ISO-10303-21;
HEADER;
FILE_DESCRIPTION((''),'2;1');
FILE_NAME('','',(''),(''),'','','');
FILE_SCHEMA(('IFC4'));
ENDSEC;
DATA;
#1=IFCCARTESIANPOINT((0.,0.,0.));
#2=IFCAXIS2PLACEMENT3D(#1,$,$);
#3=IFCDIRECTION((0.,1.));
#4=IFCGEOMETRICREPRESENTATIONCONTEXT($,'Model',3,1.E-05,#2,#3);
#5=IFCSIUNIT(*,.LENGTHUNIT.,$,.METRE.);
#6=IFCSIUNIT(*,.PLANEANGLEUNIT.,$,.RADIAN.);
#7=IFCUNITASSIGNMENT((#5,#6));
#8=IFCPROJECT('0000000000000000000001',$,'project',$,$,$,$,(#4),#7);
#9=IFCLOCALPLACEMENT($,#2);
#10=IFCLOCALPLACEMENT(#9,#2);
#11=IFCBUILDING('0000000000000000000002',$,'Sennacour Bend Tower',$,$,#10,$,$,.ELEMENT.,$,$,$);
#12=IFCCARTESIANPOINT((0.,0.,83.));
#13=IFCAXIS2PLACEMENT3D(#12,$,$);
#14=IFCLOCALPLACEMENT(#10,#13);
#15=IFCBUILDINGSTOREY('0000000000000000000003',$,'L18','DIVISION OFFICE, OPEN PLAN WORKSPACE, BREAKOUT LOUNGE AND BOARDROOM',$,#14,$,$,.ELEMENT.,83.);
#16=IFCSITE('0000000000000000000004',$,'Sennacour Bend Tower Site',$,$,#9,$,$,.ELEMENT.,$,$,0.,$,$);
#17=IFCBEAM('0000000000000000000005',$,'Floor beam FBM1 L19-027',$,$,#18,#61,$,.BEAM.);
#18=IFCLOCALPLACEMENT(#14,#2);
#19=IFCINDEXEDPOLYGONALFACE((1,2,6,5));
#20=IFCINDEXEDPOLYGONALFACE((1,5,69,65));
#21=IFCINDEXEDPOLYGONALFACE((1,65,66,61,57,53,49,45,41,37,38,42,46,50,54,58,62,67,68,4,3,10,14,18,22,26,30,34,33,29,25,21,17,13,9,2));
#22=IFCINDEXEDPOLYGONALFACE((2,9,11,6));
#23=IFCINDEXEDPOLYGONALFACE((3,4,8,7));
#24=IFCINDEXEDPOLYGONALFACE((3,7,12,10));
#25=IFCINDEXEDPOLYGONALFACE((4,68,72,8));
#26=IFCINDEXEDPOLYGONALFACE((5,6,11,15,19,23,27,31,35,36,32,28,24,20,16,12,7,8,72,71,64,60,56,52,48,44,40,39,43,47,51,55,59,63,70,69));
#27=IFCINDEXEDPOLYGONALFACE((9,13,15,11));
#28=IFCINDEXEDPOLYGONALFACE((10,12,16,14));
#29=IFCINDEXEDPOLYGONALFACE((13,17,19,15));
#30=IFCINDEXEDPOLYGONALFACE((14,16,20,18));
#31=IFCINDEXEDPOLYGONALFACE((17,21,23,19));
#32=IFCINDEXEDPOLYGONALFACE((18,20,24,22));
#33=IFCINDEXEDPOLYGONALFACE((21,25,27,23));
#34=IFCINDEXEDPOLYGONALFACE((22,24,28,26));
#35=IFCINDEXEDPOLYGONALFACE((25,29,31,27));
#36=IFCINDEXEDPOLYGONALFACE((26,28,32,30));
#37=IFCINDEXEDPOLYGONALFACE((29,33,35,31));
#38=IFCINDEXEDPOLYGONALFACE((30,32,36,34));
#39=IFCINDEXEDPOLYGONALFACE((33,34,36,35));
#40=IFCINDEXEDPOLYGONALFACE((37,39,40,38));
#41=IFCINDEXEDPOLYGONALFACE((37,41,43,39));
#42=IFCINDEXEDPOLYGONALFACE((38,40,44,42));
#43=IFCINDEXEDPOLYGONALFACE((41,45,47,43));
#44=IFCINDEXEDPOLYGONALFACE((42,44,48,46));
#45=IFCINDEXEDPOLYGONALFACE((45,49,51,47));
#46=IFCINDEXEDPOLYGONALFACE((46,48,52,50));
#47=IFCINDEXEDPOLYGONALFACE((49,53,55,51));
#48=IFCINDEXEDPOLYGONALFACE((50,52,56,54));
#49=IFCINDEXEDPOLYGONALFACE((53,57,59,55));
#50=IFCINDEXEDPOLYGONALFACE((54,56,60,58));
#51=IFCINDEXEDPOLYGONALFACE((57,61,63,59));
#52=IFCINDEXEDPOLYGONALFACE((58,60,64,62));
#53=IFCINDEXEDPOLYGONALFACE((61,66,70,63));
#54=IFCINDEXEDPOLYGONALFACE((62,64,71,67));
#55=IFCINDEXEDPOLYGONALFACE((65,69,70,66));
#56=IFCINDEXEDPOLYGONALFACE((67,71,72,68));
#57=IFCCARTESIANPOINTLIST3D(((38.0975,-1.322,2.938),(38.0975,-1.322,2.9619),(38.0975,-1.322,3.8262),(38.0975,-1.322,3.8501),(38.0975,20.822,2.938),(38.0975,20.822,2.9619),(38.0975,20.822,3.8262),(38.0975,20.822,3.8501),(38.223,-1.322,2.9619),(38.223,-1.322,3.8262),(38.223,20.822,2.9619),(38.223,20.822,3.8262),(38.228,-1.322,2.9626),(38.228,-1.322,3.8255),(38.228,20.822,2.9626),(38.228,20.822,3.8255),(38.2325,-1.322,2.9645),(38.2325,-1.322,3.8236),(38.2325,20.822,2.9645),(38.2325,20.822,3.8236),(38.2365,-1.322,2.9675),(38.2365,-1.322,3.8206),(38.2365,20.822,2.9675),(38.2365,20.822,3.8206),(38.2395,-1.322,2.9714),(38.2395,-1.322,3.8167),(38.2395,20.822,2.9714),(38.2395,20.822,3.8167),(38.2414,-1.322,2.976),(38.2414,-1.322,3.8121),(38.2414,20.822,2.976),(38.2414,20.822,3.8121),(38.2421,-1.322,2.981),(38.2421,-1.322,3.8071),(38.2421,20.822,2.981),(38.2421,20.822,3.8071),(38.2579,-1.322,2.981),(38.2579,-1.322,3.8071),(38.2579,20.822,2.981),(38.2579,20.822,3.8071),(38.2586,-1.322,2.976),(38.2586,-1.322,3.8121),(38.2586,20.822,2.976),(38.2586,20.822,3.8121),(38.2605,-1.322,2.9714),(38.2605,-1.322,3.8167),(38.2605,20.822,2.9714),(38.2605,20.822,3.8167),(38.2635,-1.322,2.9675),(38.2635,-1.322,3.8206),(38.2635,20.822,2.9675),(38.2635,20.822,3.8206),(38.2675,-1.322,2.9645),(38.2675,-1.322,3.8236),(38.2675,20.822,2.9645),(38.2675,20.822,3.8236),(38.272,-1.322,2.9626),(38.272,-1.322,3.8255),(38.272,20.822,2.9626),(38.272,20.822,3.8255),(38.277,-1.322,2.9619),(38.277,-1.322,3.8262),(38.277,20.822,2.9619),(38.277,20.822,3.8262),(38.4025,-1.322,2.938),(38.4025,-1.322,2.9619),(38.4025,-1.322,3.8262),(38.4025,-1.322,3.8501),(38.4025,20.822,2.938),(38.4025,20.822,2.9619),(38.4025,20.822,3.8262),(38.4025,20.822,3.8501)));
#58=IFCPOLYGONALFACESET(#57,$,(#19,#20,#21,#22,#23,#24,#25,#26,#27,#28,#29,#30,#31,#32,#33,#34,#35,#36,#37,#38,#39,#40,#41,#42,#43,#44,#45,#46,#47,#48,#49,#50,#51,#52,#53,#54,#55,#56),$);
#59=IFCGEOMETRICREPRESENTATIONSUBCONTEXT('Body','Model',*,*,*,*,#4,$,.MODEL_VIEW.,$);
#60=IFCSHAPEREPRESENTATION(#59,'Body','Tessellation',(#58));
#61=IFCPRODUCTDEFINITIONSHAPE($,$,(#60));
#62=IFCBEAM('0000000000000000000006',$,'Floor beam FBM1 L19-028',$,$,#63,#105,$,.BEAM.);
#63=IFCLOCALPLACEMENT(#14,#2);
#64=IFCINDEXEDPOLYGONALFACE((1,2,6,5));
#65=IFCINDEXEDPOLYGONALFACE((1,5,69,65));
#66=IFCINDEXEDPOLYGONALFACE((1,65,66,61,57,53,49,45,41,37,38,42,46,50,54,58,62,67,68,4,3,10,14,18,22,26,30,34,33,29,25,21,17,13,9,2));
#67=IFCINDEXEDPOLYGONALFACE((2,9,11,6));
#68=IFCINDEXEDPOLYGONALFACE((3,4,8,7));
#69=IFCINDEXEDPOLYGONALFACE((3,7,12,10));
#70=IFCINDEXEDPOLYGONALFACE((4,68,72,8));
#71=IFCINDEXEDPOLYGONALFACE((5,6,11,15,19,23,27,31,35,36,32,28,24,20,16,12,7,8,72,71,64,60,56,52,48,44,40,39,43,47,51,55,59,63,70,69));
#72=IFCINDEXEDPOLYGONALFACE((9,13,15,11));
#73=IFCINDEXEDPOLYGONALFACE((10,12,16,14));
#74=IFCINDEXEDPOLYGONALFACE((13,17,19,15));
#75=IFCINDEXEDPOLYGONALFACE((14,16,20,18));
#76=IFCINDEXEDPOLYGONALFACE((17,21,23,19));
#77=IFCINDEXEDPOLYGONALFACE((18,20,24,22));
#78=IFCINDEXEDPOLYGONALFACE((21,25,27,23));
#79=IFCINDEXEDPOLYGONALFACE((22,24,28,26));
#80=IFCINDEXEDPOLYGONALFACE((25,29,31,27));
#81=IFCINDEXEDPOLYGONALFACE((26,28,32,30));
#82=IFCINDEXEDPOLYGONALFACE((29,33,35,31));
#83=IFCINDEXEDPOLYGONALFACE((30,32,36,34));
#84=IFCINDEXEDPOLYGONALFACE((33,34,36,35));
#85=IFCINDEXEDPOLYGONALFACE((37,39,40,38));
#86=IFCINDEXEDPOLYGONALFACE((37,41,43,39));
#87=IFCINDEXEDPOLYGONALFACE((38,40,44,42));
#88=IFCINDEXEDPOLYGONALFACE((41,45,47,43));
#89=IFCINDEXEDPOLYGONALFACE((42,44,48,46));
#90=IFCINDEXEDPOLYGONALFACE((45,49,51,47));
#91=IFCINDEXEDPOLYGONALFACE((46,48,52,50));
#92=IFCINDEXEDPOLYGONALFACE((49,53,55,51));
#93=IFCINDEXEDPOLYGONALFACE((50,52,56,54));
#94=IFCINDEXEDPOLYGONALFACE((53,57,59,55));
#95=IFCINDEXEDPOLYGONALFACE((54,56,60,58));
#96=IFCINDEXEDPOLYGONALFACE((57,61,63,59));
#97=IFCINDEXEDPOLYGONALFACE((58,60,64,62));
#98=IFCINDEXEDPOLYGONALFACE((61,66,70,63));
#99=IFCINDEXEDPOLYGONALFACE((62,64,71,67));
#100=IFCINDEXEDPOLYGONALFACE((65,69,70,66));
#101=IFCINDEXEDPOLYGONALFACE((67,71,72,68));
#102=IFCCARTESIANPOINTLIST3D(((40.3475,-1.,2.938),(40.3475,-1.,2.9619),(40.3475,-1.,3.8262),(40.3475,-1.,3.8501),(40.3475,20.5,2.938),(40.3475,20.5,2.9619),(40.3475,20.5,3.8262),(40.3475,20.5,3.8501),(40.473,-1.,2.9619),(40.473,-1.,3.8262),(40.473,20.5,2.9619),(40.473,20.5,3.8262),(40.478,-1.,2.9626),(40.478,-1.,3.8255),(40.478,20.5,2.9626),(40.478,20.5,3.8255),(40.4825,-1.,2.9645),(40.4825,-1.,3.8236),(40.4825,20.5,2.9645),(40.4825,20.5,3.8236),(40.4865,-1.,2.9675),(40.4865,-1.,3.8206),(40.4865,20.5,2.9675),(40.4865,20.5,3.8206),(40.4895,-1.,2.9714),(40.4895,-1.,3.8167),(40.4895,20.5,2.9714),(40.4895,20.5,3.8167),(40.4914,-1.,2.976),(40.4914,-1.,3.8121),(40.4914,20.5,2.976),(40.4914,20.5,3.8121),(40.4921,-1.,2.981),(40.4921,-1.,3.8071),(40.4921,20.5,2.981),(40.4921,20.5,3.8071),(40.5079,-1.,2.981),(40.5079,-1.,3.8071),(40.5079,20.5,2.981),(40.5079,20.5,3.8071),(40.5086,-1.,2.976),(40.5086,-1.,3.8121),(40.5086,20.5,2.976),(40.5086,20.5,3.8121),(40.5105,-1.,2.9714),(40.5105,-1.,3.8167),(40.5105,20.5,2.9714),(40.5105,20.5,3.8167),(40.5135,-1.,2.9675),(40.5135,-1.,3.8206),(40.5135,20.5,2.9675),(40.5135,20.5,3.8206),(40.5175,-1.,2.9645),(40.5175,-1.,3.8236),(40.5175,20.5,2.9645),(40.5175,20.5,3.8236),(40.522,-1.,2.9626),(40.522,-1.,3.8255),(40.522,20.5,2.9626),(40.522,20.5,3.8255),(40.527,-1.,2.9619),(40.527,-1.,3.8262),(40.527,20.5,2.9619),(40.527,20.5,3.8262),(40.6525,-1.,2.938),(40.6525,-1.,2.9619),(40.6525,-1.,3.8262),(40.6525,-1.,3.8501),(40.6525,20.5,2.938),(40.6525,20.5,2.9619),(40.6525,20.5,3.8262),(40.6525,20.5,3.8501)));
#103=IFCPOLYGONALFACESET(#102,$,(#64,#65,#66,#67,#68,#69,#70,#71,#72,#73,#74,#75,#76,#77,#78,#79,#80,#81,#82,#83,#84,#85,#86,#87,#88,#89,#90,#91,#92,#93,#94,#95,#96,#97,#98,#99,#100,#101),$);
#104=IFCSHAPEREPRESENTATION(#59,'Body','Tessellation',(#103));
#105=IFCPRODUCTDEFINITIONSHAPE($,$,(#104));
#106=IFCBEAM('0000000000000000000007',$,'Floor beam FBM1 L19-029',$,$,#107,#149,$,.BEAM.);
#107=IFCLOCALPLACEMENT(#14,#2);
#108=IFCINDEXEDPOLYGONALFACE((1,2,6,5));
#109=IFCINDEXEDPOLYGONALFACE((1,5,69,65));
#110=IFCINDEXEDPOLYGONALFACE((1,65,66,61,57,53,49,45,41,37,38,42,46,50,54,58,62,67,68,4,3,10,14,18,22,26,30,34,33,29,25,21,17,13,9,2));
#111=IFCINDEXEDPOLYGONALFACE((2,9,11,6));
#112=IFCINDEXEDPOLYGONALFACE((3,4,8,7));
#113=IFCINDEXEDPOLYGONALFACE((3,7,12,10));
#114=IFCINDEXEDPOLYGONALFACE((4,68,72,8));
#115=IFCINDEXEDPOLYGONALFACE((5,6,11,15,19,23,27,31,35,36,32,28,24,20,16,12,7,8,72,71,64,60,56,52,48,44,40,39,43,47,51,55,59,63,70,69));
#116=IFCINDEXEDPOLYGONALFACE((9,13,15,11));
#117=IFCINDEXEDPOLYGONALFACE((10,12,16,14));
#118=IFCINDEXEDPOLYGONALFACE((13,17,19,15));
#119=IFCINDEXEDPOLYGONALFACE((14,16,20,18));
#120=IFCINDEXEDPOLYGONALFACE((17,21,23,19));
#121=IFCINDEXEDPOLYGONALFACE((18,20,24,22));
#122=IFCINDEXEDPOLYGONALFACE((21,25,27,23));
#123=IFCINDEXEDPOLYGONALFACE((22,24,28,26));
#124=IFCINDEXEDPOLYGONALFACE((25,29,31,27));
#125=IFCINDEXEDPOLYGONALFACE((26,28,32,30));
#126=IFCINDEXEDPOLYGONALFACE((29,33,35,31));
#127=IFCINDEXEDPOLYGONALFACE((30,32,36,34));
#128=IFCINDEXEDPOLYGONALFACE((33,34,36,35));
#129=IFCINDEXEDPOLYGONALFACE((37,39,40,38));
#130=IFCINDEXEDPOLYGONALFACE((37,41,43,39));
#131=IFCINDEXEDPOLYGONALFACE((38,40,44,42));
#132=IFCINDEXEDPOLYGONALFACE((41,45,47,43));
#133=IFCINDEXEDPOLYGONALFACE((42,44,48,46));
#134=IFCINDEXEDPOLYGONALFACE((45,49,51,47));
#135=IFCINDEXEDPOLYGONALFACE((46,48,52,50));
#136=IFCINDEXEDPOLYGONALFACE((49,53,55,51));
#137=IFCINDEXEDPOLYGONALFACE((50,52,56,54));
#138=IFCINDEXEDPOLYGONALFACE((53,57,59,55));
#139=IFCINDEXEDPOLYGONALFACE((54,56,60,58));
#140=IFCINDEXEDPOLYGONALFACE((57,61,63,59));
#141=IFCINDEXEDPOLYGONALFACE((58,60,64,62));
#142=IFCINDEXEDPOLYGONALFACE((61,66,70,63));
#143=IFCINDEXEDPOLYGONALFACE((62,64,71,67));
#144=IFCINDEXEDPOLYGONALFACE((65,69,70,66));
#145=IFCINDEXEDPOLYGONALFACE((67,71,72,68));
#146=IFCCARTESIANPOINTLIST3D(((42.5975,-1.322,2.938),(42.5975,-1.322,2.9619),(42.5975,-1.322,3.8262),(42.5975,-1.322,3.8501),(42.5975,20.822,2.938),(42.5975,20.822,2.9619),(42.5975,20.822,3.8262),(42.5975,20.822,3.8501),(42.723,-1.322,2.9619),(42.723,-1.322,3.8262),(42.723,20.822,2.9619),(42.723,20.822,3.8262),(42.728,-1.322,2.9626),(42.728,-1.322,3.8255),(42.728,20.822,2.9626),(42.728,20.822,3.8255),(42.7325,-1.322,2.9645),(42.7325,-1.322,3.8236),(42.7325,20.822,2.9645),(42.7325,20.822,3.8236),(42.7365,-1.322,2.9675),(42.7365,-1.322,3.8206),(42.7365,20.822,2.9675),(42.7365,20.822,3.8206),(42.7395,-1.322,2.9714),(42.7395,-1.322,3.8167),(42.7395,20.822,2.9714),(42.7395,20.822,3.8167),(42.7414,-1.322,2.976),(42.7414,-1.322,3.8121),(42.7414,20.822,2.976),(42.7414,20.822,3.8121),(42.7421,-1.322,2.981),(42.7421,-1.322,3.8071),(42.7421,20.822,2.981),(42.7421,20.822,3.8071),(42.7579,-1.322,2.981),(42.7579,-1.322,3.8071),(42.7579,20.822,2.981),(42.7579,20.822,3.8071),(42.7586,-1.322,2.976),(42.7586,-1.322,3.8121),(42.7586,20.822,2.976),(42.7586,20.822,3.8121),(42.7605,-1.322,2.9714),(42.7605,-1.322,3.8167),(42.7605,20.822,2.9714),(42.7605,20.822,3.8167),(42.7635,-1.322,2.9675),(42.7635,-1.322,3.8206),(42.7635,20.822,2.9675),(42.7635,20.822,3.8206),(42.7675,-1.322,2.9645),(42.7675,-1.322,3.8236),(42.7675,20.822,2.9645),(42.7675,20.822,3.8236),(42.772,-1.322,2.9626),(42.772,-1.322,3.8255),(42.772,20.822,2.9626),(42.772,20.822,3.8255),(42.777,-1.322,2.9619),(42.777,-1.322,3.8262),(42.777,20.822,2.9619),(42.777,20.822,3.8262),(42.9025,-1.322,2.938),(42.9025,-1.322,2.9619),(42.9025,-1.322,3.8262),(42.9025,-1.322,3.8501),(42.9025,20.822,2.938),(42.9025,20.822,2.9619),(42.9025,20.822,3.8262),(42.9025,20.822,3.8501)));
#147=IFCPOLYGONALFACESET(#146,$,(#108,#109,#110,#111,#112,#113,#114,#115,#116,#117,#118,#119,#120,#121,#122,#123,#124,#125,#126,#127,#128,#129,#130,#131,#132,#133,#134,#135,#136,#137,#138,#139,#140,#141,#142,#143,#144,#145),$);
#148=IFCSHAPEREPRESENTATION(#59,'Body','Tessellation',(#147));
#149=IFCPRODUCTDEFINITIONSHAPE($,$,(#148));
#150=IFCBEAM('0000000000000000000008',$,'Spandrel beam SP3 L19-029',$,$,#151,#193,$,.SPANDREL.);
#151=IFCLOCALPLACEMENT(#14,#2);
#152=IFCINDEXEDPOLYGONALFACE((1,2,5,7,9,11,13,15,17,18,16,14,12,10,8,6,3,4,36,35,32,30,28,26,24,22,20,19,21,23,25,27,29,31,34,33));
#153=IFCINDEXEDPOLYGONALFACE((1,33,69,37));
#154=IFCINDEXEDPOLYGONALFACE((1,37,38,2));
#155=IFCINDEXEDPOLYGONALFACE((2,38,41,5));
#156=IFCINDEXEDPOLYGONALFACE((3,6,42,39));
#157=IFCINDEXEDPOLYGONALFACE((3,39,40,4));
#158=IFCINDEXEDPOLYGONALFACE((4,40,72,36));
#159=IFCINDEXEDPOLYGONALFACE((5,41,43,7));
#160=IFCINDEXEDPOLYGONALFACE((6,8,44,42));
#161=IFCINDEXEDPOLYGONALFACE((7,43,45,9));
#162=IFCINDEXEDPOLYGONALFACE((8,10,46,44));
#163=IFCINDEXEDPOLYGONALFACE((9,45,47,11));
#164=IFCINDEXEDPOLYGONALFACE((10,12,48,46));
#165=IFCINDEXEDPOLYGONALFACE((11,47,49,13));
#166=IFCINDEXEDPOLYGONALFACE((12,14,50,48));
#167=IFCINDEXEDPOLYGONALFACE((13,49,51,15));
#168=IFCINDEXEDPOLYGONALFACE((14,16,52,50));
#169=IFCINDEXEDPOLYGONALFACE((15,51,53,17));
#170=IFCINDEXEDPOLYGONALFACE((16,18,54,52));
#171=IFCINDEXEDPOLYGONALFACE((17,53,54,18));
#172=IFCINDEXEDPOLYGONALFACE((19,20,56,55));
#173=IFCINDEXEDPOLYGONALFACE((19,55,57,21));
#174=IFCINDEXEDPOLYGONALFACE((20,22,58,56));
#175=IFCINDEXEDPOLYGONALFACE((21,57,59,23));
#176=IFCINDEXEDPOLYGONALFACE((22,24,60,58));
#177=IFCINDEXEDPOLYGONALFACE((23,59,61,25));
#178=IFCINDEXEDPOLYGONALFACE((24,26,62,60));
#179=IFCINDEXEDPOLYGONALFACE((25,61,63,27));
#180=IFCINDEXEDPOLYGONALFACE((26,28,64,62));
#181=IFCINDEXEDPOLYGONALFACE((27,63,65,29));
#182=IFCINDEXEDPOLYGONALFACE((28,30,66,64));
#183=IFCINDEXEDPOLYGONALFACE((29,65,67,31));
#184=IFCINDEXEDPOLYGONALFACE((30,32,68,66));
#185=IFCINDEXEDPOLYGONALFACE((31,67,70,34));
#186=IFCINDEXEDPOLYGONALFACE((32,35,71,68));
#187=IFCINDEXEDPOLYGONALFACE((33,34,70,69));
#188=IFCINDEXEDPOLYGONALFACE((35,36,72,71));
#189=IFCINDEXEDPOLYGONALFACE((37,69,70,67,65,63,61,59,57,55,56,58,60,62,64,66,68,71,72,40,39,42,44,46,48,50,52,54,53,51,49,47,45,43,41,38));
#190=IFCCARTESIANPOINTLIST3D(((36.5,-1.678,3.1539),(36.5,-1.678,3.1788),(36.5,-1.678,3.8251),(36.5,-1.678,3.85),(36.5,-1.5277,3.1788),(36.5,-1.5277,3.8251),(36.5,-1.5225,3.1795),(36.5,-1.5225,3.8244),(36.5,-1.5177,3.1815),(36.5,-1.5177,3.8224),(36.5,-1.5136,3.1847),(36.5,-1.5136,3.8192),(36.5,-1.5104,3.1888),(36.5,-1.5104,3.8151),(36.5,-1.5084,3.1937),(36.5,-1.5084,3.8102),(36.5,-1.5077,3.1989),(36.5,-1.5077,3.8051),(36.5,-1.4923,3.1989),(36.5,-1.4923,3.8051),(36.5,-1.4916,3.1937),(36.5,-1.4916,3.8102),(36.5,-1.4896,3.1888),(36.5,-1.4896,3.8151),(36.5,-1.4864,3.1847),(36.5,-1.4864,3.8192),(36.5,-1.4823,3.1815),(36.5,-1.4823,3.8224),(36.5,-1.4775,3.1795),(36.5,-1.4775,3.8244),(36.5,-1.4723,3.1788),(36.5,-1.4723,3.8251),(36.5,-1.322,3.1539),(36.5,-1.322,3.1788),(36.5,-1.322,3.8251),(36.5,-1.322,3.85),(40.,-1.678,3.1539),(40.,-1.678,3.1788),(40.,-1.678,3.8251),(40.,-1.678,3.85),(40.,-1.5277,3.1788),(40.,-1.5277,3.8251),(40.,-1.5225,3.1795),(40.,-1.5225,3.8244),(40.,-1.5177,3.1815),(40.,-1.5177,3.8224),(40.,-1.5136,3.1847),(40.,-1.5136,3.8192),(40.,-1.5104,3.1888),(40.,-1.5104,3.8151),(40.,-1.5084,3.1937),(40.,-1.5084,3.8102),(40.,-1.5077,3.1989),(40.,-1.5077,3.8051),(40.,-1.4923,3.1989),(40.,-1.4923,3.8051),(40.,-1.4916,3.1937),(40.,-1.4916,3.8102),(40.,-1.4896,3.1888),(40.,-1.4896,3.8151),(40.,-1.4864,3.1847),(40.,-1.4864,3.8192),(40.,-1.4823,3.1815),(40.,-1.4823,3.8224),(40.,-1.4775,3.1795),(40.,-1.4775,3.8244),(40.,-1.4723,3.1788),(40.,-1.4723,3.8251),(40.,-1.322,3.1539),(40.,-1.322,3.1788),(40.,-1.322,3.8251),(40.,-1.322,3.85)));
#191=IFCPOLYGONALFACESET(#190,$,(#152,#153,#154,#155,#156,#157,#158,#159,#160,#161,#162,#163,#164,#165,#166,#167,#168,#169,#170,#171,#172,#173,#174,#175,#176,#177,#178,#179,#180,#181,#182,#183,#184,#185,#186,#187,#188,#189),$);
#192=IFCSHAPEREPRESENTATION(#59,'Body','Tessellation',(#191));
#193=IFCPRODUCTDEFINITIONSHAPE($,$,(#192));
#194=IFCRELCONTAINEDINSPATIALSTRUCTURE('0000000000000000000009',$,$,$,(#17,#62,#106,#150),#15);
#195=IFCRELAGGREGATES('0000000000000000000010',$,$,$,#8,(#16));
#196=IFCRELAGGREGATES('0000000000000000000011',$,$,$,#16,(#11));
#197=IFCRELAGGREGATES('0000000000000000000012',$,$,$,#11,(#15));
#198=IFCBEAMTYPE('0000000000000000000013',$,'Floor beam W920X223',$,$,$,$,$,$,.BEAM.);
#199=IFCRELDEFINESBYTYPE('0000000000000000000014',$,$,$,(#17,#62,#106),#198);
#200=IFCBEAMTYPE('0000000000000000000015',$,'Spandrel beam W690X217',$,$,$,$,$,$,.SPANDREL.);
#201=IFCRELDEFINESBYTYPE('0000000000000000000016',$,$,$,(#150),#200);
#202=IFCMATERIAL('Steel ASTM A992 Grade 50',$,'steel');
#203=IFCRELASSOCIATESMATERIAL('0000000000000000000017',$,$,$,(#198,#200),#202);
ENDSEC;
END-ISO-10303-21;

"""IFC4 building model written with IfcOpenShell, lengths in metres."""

from ifc_helpers import new_model, si_unit, direction, frame, origin, origin_2d, place, context, subcontext, project, spatial, i_section, extrude, material, material_profile, profile_set, type_object, element, save


model = new_model("IFC4")

# Units and contexts
model_context = context("Model", 3, precision=1e-05, world=origin(), true_north=direction((0.0, 1.0)))
body_context = subcontext(model_context, "Body", "Model", "MODEL_VIEW")
ifc_project = project(units=[si_unit("LENGTHUNIT", "METRE"), si_unit("PLANEANGLEUNIT", "RADIAN")], contexts=[model_context])

# Site, building, storey
site_placement = place(None, origin())
site = spatial("IfcSite", under=ifc_project, at=site_placement, Name="Sennacour Bend Tower Site", CompositionType="ELEMENT", RefElevation=0.0)
building_placement = place(site_placement, origin())
building = spatial("IfcBuilding", under=site, at=building_placement, Name="Sennacour Bend Tower", CompositionType="ELEMENT")
storey_placement = place(building_placement, frame((0.0, 0.0, 83.0)))
storey = spatial("IfcBuildingStorey", under=building, at=storey_placement, Name="L18", Description="DIVISION OFFICE, OPEN PLAN WORKSPACE, BREAKOUT LOUNGE AND BOARDROOM", CompositionType="ELEMENT", Elevation=83.0)

# Beams
ifc_material_1 = material(Name="Steel ASTM A992 Grade 50", Category="steel")
ifc_material_profile_1 = material_profile(ifc_material_1, i_section(OverallWidth=0.3049, OverallDepth=0.9121, WebThickness=0.0159, FlangeThickness=0.0239, FilletRadius=0.019, at=origin_2d()), Name="Steel ASTM A992 Grade 50", Category="steel")
ifc_profile_set_1 = profile_set([ifc_material_profile_1], Name="Steel ASTM A992 Grade 50")
beam_type_1 = type_object("IfcBeamType", Name="Floor beam W920X223", PredefinedType="BEAM", material=ifc_profile_set_1)
beam_1_placement = place(storey_placement, frame((38.25, -1.322, 3.394), z_axis=(0.0, 1.0, 0.0), x_axis=(-1.0, 0.0, 0.0)))
element("IfcBeam", 1, at=beam_1_placement, inside=storey, type_object=beam_type_1, Name="Floor beam FBM1 L19-027", PredefinedType="BEAM", context=body_context, shape_type="SweptSolid", body=[
    extrude(i_section(OverallWidth=0.3049, OverallDepth=0.9121, WebThickness=0.0159, FlangeThickness=0.0239, FilletRadius=0.019, at=origin_2d()), origin(), (0.0, 0.0, 1.0), 22.144),
])
beam_2_placement = place(storey_placement, frame((40.5, -1.0, 3.394), z_axis=(0.0, 1.0, 0.0), x_axis=(-1.0, 0.0, 0.0)))
element("IfcBeam", 2, at=beam_2_placement, inside=storey, type_object=beam_type_1, Name="Floor beam FBM1 L19-028", PredefinedType="BEAM", context=body_context, shape_type="SweptSolid", body=[
    extrude(i_section(OverallWidth=0.3049, OverallDepth=0.9121, WebThickness=0.0159, FlangeThickness=0.0239, FilletRadius=0.019, at=origin_2d()), origin(), (0.0, 0.0, 1.0), 21.5),
])
beam_3_placement = place(storey_placement, frame((42.75, -1.322, 3.394), z_axis=(0.0, 1.0, 0.0), x_axis=(-1.0, 0.0, 0.0)))
element("IfcBeam", 3, at=beam_3_placement, inside=storey, type_object=beam_type_1, Name="Floor beam FBM1 L19-029", PredefinedType="BEAM", context=body_context, shape_type="SweptSolid", body=[
    extrude(i_section(OverallWidth=0.3049, OverallDepth=0.9121, WebThickness=0.0159, FlangeThickness=0.0239, FilletRadius=0.019, at=origin_2d()), origin(), (0.0, 0.0, 1.0), 22.144),
])
ifc_material_profile_2 = material_profile(ifc_material_1, i_section(OverallWidth=0.356, OverallDepth=0.696, WebThickness=0.0154, FlangeThickness=0.0249, FilletRadius=0.02, at=origin_2d()), Name="Steel ASTM A992 Grade 50", Category="steel")
ifc_profile_set_2 = profile_set([ifc_material_profile_2], Name="Steel ASTM A992 Grade 50")
beam_type_2 = type_object("IfcBeamType", Name="Spandrel beam W690X217", PredefinedType="SPANDREL", material=ifc_profile_set_2)
for number, where, z_axis, x_axis, name in (
    (4, (40.0, -1.5, 3.502), (-1.0, 0.0, 0.0), (0.0, -1.0, 0.0), "Spandrel beam SP3 L19-029"),
):
    element("IfcBeam", number, at=place(storey_placement, frame(where, z_axis=z_axis, x_axis=x_axis)), inside=storey, type_object=beam_type_2, Name=name, PredefinedType="SPANDREL", context=body_context, shape_type="SweptSolid", body=[
        extrude(i_section(OverallWidth=0.356, OverallDepth=0.696, WebThickness=0.0154, FlangeThickness=0.0249, FilletRadius=0.02, at=origin_2d()), origin(), (0.0, 0.0, 1.0), 3.5),
    ])

save(model, "model.ifc")
